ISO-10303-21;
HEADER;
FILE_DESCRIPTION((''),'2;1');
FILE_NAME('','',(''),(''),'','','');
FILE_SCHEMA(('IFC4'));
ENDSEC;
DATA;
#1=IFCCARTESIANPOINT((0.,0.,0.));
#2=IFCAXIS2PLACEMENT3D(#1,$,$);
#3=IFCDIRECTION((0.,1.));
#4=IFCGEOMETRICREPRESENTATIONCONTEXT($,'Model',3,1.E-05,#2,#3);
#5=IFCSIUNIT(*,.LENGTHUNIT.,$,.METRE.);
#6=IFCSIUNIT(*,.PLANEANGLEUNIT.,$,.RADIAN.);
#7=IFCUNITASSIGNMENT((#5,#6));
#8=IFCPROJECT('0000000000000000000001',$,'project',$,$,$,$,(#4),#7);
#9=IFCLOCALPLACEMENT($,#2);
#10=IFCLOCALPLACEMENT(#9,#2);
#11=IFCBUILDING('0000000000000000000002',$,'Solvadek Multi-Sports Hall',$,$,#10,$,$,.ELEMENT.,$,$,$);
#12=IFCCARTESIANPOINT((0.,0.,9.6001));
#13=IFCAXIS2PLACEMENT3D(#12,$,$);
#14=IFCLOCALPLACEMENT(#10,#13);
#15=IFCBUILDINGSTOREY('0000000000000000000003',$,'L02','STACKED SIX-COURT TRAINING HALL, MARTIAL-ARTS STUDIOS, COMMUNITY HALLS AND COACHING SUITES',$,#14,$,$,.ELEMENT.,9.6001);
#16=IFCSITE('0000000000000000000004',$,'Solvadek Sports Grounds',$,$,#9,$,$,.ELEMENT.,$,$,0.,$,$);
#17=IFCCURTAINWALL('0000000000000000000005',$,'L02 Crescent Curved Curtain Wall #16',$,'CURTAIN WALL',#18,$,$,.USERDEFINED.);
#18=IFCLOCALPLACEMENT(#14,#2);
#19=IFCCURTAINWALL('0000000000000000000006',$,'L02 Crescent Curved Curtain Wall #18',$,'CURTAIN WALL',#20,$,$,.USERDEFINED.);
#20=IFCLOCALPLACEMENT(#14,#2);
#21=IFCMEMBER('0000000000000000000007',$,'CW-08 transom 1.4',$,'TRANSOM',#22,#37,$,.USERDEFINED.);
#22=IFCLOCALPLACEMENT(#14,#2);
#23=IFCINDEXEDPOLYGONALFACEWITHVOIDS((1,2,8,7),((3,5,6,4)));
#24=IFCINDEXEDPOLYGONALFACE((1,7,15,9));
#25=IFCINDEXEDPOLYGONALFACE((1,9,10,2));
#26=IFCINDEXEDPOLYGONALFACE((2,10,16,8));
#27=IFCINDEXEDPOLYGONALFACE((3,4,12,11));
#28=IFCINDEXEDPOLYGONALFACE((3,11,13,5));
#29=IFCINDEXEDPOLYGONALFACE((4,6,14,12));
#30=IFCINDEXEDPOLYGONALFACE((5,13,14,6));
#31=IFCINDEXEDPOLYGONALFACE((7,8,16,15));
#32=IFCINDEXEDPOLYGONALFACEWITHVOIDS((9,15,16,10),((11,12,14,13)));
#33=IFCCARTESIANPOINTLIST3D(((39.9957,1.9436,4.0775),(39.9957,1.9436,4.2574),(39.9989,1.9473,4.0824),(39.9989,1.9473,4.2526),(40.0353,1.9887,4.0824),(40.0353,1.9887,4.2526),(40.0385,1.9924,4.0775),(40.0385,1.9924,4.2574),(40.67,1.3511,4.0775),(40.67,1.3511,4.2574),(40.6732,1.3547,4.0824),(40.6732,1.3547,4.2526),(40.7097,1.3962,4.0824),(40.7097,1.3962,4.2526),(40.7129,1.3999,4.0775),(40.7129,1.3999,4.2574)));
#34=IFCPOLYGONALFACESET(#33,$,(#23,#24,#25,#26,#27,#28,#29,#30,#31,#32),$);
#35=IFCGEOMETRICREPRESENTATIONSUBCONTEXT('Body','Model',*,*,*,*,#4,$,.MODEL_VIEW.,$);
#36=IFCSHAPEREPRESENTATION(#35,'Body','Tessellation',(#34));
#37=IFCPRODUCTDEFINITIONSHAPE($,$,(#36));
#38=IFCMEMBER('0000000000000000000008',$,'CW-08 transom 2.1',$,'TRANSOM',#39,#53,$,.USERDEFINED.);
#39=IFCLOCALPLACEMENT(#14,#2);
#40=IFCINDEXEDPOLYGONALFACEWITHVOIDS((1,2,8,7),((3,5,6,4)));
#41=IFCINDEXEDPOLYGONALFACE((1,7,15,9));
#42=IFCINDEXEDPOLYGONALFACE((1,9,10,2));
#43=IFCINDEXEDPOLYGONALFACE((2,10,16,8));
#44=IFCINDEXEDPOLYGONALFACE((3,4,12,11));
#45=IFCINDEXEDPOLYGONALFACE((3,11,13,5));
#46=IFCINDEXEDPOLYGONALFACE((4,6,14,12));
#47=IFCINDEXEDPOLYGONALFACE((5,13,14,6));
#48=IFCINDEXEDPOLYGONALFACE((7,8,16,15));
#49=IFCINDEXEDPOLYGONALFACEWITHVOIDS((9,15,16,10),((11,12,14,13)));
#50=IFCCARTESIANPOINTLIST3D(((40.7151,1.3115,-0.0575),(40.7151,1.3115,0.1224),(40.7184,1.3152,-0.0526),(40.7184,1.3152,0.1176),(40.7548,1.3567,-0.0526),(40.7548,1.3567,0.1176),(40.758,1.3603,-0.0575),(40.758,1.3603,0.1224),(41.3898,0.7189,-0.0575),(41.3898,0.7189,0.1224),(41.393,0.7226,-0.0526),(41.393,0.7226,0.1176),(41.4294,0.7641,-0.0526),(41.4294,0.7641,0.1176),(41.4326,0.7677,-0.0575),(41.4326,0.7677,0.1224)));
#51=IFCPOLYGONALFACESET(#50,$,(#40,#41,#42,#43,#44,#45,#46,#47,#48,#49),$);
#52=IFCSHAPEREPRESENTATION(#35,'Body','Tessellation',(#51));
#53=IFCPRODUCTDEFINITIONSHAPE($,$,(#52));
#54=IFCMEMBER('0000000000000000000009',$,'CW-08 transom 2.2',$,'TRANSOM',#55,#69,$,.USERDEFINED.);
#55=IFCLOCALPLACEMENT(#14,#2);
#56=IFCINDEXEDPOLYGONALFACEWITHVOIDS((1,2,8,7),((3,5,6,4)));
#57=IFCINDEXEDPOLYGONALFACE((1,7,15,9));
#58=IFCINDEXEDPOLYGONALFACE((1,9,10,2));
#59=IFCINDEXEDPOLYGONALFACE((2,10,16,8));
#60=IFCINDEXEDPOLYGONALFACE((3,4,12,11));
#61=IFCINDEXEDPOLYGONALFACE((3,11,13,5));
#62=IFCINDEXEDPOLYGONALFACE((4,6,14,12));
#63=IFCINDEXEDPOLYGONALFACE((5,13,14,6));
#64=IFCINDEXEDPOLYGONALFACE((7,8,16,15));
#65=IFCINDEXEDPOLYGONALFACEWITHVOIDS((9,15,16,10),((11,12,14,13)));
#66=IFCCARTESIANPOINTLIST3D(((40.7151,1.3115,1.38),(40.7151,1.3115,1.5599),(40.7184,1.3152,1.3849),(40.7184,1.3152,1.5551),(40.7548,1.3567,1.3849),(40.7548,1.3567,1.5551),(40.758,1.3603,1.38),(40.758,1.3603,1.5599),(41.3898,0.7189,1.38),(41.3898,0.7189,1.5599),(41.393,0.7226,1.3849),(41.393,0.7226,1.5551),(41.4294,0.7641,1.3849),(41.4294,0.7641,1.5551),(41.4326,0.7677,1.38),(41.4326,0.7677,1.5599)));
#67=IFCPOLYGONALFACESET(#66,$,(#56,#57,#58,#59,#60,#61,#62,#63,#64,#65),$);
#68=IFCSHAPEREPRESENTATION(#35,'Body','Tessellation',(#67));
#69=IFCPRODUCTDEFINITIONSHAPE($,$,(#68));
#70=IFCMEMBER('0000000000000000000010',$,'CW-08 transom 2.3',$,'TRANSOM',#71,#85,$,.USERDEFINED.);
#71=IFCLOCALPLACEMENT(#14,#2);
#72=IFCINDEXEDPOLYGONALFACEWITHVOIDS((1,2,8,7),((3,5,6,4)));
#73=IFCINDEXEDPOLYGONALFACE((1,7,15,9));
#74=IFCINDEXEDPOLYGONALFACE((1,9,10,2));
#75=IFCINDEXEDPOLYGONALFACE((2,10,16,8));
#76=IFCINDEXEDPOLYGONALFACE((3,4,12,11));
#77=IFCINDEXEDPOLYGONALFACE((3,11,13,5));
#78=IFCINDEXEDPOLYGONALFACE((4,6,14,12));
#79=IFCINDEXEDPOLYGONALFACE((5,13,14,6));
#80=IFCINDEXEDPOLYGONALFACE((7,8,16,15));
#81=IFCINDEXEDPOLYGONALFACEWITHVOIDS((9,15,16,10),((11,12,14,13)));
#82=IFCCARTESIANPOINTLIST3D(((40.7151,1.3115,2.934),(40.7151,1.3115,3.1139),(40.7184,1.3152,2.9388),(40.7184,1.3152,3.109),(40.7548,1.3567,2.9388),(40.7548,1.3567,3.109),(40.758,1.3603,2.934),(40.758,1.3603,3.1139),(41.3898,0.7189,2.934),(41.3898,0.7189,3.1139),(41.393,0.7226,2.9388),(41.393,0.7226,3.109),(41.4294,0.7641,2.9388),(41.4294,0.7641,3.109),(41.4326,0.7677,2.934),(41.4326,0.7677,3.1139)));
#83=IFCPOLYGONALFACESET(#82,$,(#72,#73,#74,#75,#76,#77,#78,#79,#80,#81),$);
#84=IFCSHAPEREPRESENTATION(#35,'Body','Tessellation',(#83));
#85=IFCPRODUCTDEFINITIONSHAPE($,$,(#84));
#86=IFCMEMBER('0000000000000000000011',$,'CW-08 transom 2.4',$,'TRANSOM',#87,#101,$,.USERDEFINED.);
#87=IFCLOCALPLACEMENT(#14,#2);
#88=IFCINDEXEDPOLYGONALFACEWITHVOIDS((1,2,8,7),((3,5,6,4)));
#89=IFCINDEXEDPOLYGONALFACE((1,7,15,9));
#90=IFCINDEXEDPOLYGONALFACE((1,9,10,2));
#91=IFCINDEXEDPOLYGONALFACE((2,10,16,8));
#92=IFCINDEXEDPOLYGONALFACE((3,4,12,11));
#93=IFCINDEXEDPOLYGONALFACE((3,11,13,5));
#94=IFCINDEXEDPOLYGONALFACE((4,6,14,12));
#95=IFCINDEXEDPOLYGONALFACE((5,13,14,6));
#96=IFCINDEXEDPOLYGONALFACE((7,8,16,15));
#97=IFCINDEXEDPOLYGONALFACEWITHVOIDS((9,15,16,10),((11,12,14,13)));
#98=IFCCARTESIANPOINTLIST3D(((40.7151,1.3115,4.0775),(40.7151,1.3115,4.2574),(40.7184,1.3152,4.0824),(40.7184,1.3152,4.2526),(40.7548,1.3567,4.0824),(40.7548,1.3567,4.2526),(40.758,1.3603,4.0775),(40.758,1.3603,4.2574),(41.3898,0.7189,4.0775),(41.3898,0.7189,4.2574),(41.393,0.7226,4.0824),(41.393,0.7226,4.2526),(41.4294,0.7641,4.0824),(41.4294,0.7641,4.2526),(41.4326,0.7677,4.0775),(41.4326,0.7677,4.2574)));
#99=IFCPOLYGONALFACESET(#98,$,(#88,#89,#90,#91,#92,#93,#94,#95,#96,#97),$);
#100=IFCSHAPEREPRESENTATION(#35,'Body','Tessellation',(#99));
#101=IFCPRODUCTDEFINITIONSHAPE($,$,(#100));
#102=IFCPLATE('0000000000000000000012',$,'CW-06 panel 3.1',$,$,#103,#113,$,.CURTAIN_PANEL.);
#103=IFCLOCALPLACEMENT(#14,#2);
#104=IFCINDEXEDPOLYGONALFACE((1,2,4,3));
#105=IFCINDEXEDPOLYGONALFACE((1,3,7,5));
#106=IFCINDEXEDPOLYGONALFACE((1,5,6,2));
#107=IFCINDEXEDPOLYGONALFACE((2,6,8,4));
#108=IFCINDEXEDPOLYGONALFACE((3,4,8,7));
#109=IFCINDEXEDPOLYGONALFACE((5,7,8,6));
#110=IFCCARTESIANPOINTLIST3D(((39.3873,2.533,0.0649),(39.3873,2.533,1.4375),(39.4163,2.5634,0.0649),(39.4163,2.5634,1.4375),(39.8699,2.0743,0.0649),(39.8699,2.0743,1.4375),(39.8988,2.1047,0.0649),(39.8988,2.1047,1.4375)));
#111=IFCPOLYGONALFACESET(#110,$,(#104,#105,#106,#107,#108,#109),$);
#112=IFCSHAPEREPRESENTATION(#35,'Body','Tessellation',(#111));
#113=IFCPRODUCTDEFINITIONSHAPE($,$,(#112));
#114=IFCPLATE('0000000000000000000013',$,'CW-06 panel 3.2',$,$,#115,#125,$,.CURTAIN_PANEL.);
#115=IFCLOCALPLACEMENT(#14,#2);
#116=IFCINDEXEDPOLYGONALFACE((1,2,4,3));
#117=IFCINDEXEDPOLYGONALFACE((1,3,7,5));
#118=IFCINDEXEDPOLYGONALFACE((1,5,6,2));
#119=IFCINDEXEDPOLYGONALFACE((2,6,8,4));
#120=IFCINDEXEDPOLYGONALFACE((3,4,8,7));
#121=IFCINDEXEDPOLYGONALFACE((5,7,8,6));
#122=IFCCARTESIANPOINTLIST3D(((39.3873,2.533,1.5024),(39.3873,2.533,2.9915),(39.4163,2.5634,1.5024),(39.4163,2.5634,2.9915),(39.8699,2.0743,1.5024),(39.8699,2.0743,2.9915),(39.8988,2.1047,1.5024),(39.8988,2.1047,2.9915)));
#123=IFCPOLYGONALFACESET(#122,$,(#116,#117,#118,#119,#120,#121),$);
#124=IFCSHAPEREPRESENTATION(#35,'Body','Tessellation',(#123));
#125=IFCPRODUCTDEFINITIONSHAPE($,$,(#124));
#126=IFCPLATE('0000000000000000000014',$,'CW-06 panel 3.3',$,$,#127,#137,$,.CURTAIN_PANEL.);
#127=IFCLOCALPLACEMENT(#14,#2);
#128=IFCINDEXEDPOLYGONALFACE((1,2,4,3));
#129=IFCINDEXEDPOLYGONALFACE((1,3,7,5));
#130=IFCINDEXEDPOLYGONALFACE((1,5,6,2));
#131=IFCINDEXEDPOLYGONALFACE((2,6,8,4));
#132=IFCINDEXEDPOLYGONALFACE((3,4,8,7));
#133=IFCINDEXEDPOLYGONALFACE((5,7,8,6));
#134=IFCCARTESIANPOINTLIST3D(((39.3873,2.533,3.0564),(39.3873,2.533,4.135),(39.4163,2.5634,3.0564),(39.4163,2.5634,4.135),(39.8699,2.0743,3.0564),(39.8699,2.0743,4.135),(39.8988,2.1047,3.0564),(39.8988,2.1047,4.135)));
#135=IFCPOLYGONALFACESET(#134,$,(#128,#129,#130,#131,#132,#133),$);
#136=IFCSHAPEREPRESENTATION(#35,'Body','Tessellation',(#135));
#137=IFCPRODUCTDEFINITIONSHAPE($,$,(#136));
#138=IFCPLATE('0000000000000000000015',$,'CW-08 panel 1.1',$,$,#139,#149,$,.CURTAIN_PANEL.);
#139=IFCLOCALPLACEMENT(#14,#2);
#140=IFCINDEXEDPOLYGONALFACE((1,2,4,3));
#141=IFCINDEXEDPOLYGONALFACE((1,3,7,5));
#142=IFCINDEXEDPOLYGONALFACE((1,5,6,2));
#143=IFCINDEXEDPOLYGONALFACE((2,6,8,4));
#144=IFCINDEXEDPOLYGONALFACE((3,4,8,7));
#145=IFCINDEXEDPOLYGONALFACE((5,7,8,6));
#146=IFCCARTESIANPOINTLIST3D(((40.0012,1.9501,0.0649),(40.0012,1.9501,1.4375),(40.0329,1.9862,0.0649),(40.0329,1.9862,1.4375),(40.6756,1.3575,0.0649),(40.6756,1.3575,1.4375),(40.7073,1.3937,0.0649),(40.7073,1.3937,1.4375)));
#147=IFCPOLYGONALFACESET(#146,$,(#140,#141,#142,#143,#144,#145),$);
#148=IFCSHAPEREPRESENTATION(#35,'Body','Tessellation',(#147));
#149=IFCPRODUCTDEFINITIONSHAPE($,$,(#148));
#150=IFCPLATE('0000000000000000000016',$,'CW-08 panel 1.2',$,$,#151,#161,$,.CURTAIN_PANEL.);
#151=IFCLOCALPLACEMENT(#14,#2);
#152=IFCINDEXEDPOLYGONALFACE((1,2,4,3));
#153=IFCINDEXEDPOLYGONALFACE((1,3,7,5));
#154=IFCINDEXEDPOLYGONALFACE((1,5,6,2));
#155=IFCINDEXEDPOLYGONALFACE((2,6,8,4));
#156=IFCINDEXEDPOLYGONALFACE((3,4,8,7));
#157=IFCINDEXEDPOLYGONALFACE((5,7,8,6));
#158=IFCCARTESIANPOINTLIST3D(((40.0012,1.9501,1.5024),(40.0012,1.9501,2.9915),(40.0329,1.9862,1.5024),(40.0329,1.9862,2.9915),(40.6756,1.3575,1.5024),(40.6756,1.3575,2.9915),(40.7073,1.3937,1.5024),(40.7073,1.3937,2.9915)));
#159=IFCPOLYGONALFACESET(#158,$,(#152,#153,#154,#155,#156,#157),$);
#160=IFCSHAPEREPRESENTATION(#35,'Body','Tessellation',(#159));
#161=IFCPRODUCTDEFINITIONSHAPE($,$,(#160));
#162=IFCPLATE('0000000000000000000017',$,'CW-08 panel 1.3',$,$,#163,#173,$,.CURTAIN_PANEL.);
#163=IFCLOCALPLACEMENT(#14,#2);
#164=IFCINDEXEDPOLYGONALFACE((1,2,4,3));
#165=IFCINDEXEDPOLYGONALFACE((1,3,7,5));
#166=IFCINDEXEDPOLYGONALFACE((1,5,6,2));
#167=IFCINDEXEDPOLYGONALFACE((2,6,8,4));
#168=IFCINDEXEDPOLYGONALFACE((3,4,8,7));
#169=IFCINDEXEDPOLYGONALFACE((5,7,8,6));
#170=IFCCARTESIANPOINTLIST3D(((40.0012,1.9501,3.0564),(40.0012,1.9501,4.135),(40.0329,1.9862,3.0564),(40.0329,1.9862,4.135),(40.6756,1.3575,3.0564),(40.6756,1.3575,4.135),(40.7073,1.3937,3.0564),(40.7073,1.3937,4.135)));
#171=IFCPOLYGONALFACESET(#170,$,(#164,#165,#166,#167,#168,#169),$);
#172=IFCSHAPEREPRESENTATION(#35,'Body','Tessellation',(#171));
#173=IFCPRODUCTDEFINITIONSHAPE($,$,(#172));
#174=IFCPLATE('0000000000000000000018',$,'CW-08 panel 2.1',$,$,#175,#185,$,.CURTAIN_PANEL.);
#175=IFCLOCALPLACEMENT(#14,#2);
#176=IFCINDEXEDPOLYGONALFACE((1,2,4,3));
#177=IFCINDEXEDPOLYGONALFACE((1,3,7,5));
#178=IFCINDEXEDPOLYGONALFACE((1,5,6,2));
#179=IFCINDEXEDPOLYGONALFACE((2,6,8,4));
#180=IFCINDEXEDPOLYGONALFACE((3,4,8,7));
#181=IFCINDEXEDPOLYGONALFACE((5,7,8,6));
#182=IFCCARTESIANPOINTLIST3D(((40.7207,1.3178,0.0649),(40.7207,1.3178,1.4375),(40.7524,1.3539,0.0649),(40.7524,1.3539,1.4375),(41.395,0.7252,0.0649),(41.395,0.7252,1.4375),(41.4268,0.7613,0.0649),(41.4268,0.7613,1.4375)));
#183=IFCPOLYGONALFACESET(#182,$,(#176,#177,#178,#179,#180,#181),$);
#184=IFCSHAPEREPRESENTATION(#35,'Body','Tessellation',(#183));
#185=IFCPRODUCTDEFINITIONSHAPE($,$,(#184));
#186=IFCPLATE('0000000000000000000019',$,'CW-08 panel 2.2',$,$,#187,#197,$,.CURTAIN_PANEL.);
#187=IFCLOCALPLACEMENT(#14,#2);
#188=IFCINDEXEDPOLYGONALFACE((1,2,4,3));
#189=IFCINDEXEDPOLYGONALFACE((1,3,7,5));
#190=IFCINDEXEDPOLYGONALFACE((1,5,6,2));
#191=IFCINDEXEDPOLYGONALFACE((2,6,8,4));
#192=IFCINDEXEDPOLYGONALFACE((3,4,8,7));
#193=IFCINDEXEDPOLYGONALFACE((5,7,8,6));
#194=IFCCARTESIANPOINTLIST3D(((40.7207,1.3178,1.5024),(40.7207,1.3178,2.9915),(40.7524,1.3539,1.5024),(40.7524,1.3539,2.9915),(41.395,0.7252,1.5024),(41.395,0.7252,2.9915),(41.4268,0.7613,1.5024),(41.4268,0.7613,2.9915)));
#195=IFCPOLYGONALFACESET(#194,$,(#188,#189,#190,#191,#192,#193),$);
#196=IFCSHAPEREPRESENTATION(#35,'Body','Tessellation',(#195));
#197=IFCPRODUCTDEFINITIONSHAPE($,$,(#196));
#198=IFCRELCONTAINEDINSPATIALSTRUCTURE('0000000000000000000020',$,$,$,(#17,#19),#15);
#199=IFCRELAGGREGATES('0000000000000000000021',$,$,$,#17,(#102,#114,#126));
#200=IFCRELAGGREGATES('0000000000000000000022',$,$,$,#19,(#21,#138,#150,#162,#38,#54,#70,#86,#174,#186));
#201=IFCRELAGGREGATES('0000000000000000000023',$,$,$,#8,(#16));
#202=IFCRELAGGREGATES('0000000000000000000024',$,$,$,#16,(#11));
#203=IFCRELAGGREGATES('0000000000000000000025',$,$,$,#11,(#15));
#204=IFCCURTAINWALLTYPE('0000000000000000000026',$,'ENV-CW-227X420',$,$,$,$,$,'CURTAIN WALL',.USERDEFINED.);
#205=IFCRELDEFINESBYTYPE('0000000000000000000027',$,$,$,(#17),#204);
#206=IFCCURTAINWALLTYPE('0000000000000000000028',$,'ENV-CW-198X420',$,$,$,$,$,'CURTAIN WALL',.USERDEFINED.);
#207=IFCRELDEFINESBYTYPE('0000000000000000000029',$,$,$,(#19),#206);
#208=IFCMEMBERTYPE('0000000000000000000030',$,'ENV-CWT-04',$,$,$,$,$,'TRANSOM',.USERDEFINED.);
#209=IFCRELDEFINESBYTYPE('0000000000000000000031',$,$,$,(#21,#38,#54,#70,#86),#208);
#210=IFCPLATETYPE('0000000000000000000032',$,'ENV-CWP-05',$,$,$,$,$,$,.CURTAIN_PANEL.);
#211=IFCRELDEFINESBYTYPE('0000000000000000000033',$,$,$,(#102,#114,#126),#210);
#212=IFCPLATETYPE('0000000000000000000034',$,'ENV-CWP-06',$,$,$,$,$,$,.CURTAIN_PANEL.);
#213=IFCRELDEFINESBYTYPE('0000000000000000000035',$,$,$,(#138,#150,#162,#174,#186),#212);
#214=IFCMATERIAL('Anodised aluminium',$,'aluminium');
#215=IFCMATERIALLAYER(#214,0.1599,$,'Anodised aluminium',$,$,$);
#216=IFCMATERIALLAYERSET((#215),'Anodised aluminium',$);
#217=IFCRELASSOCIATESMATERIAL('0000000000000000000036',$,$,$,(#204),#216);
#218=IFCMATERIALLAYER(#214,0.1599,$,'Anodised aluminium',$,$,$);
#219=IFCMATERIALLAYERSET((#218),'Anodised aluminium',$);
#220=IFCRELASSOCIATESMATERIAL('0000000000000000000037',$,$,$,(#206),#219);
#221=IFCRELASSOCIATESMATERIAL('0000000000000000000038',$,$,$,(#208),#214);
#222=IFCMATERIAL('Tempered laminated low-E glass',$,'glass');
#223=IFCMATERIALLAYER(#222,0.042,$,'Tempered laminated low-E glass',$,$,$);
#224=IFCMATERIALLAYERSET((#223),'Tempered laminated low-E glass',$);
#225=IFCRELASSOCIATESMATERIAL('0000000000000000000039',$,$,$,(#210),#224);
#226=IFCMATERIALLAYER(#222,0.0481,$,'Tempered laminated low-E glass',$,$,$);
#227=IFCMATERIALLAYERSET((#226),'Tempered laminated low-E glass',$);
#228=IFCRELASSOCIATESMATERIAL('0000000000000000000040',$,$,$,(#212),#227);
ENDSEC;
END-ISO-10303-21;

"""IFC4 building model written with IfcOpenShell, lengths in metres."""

from ifc_helpers import new_model, si_unit, direction, frame, origin, origin_2d, place, context, subcontext, project, spatial, rectangle, hollow_rectangle, extrude, material, layer, layer_set, material_profile, profile_set, type_object, element, aggregate, save


model = new_model("IFC4")

# Units and contexts
model_context = context("Model", 3, precision=1e-05, world=origin(), true_north=direction((0.0, 1.0)))
body_context = subcontext(model_context, "Body", "Model", "MODEL_VIEW")
ifc_project = project(units=[si_unit("LENGTHUNIT", "METRE"), si_unit("PLANEANGLEUNIT", "RADIAN")], contexts=[model_context])

# Site, building, storey
site_placement = place(None, origin())
site = spatial("IfcSite", under=ifc_project, at=site_placement, Name="Solvadek Sports Grounds", CompositionType="ELEMENT", RefElevation=0.0)
building_placement = place(site_placement, origin())
building = spatial("IfcBuilding", under=site, at=building_placement, Name="Solvadek Multi-Sports Hall", CompositionType="ELEMENT")
storey_placement = place(building_placement, frame((0.0, 0.0, 9.6001)))
storey = spatial("IfcBuildingStorey", under=building, at=storey_placement, Name="L02", Description="STACKED SIX-COURT TRAINING HALL, MARTIAL-ARTS STUDIOS, COMMUNITY HALLS AND COACHING SUITES", CompositionType="ELEMENT", Elevation=9.6001)

# Curtain wall
ifc_material_1 = material(Name="Anodised aluminium", Category="aluminium")
ifc_layer_1 = layer(ifc_material_1, 0.1599, Name="Anodised aluminium")
ifc_layer_set_1 = layer_set([ifc_layer_1], Name="Anodised aluminium")
curtain_wall_type_1 = type_object("IfcCurtainWallType", Name="ENV-CW-227X420", ElementType="CURTAIN WALL", PredefinedType="USERDEFINED", material=ifc_layer_set_1)
curtain_wall_1_placement = place(storey_placement, origin())
curtain_wall_1 = element("IfcCurtainWall", 1, at=curtain_wall_1_placement, inside=storey, type_object=curtain_wall_type_1, Name="L02 Crescent Curved Curtain Wall #16", ObjectType="CURTAIN WALL", PredefinedType="USERDEFINED")

# Curtain wall
ifc_layer_2 = layer(ifc_material_1, 0.1599, Name="Anodised aluminium")
ifc_layer_set_2 = layer_set([ifc_layer_2], Name="Anodised aluminium")
curtain_wall_type_2 = type_object("IfcCurtainWallType", Name="ENV-CW-198X420", ElementType="CURTAIN WALL", PredefinedType="USERDEFINED", material=ifc_layer_set_2)
curtain_wall_2_placement = place(storey_placement, origin())
curtain_wall_2 = element("IfcCurtainWall", 2, at=curtain_wall_2_placement, inside=storey, type_object=curtain_wall_type_2, Name="L02 Crescent Curved Curtain Wall #18", ObjectType="CURTAIN WALL", PredefinedType="USERDEFINED")

# Members
ifc_material_profile_1 = material_profile(ifc_material_1, hollow_rectangle(XDim=0.0649, YDim=0.1799, WallThickness=0.0049, at=origin_2d()), Name="ALU-T 180x65x5")
ifc_profile_set_1 = profile_set([ifc_material_profile_1], Name="Anodised aluminium")
member_type_1 = type_object("IfcMemberType", Name="ENV-CWT-04", ElementType="TRANSOM", PredefinedType="USERDEFINED", material=ifc_profile_set_1)
member_1_placement = place(storey_placement, frame((40.0171, 1.968, 4.1675), z_axis=(0.751194, -0.660082, 0.0), x_axis=(0.660082, 0.751194, 0.0)))
member_1 = element("IfcMember", 3, at=member_1_placement, type_object=member_type_1, Name="CW-08 transom 1.4", ObjectType="TRANSOM", PredefinedType="USERDEFINED", context=body_context, shape_type="SweptSolid", body=[
    extrude(hollow_rectangle(XDim=0.0649, YDim=0.1799, WallThickness=0.0049, at=origin_2d()), origin(), (0.0, 0.0, 1.0), 0.8977),
])
member_2_placement = place(storey_placement, frame((40.7366, 1.3359, 0.0325), z_axis=(0.751312, -0.659947, 0.0), x_axis=(0.659947, 0.751312, 0.0)))
member_2 = element("IfcMember", 4, at=member_2_placement, type_object=member_type_1, Name="CW-08 transom 2.1", ObjectType="TRANSOM", PredefinedType="USERDEFINED", context=body_context, shape_type="SweptSolid", body=[
    extrude(hollow_rectangle(XDim=0.0649, YDim=0.1799, WallThickness=0.0049, at=origin_2d()), origin(), (0.0, 0.0, 1.0), 0.8979),
])
member_3_placement = place(storey_placement, frame((40.7366, 1.3359, 1.47), z_axis=(0.751312, -0.659947, 0.0), x_axis=(0.659947, 0.751312, 0.0)))
member_3 = element("IfcMember", 5, at=member_3_placement, type_object=member_type_1, Name="CW-08 transom 2.2", ObjectType="TRANSOM", PredefinedType="USERDEFINED", context=body_context, shape_type="SweptSolid", body=[
    extrude(hollow_rectangle(XDim=0.0649, YDim=0.1799, WallThickness=0.0049, at=origin_2d()), origin(), (0.0, 0.0, 1.0), 0.8979),
])
member_4_placement = place(storey_placement, frame((40.7366, 1.3359, 3.0239), z_axis=(0.751312, -0.659947, 0.0), x_axis=(0.659947, 0.751312, 0.0)))
member_4 = element("IfcMember", 6, at=member_4_placement, type_object=member_type_1, Name="CW-08 transom 2.3", ObjectType="TRANSOM", PredefinedType="USERDEFINED", context=body_context, shape_type="SweptSolid", body=[
    extrude(hollow_rectangle(XDim=0.0649, YDim=0.1799, WallThickness=0.0049, at=origin_2d()), origin(), (0.0, 0.0, 1.0), 0.8979),
])
member_5_placement = place(storey_placement, frame((40.7366, 1.3359, 4.1675), z_axis=(0.751312, -0.659947, 0.0), x_axis=(0.659947, 0.751312, 0.0)))
member_5 = element("IfcMember", 7, at=member_5_placement, type_object=member_type_1, Name="CW-08 transom 2.4", ObjectType="TRANSOM", PredefinedType="USERDEFINED", context=body_context, shape_type="SweptSolid", body=[
    extrude(hollow_rectangle(XDim=0.0649, YDim=0.1799, WallThickness=0.0049, at=origin_2d()), origin(), (0.0, 0.0, 1.0), 0.8979),
])

# Plates
ifc_material_2 = material(Name="Tempered laminated low-E glass", Category="glass")
ifc_layer_3 = layer(ifc_material_2, 0.042, Name="Tempered laminated low-E glass")
ifc_layer_set_3 = layer_set([ifc_layer_3], Name="Tempered laminated low-E glass")
plate_type_1 = type_object("IfcPlateType", Name="ENV-CWP-05", PredefinedType="CURTAIN_PANEL", material=ifc_layer_set_3)
plate_1_placement = place(storey_placement, frame((39.6431, 2.3188, 0.0649), z_axis=(0.0, 0.0, 1.0), x_axis=(0.724764, -0.688997, 0.0)))
plate_1 = element("IfcPlate", 8, at=plate_1_placement, type_object=plate_type_1, Name="CW-06 panel 3.1", PredefinedType="CURTAIN_PANEL", context=body_context, shape_type="SweptSolid", body=[
    extrude(rectangle(XDim=0.6658, YDim=0.042, at=origin_2d()), origin(), (0.0, 0.0, 1.0), 1.3726),
])
plate_2_placement = place(storey_placement, frame((39.6431, 2.3188, 1.5024), z_axis=(0.0, 0.0, 1.0), x_axis=(0.724764, -0.688997, 0.0)))
plate_2 = element("IfcPlate", 9, at=plate_2_placement, type_object=plate_type_1, Name="CW-06 panel 3.2", PredefinedType="CURTAIN_PANEL", context=body_context, shape_type="SweptSolid", body=[
    extrude(rectangle(XDim=0.6658, YDim=0.042, at=origin_2d()), origin(), (0.0, 0.0, 1.0), 1.489),
])
plate_3_placement = place(storey_placement, frame((39.6431, 2.3188, 3.0564), z_axis=(0.0, 0.0, 1.0), x_axis=(0.724764, -0.688997, 0.0)))
plate_3 = element("IfcPlate", 10, at=plate_3_placement, type_object=plate_type_1, Name="CW-06 panel 3.3", PredefinedType="CURTAIN_PANEL", context=body_context, shape_type="SweptSolid", body=[
    extrude(rectangle(XDim=0.6658, YDim=0.042, at=origin_2d()), origin(), (0.0, 0.0, 1.0), 1.0786),
])
aggregate(curtain_wall_1, [plate_1, plate_2, plate_3])
ifc_layer_4 = layer(ifc_material_2, 0.0481, Name="Tempered laminated low-E glass")
ifc_layer_set_4 = layer_set([ifc_layer_4], Name="Tempered laminated low-E glass")
plate_type_2 = type_object("IfcPlateType", Name="ENV-CWP-06", PredefinedType="CURTAIN_PANEL", material=ifc_layer_set_4)
plate_4_placement = place(storey_placement, frame((40.3542, 1.6719, 0.0649), z_axis=(0.0, 0.0, 1.0), x_axis=(0.751217, -0.660055, 0.0)))
plate_4 = element("IfcPlate", 11, at=plate_4_placement, type_object=plate_type_2, Name="CW-08 panel 1.1", PredefinedType="CURTAIN_PANEL", context=body_context, shape_type="SweptSolid", body=[
    extrude(rectangle(XDim=0.8977, YDim=0.0481, at=origin_2d()), origin(), (0.0, 0.0, 1.0), 1.3726),
])
plate_5_placement = place(storey_placement, frame((40.3542, 1.6719, 1.5024), z_axis=(0.0, 0.0, 1.0), x_axis=(0.751217, -0.660055, 0.0)))
plate_5 = element("IfcPlate", 12, at=plate_5_placement, type_object=plate_type_2, Name="CW-08 panel 1.2", PredefinedType="CURTAIN_PANEL", context=body_context, shape_type="SweptSolid", body=[
    extrude(rectangle(XDim=0.8977, YDim=0.0481, at=origin_2d()), origin(), (0.0, 0.0, 1.0), 1.489),
])
plate_6_placement = place(storey_placement, frame((40.3542, 1.6719, 3.0564), z_axis=(0.0, 0.0, 1.0), x_axis=(0.751217, -0.660055, 0.0)))
plate_6 = element("IfcPlate", 13, at=plate_6_placement, type_object=plate_type_2, Name="CW-08 panel 1.3", PredefinedType="CURTAIN_PANEL", context=body_context, shape_type="SweptSolid", body=[
    extrude(rectangle(XDim=0.8977, YDim=0.0481, at=origin_2d()), origin(), (0.0, 0.0, 1.0), 1.0786),
])
plate_7_placement = place(storey_placement, frame((41.0737, 1.0396, 0.0649), z_axis=(0.0, 0.0, 1.0), x_axis=(0.751217, -0.660055, 0.0)))
plate_7 = element("IfcPlate", 14, at=plate_7_placement, type_object=plate_type_2, Name="CW-08 panel 2.1", PredefinedType="CURTAIN_PANEL", context=body_context, shape_type="SweptSolid", body=[
    extrude(rectangle(XDim=0.8977, YDim=0.0481, at=origin_2d()), origin(), (0.0, 0.0, 1.0), 1.3726),
])
plate_8_placement = place(storey_placement, frame((41.0737, 1.0396, 1.5024), z_axis=(0.0, 0.0, 1.0), x_axis=(0.751217, -0.660055, 0.0)))
plate_8 = element("IfcPlate", 15, at=plate_8_placement, type_object=plate_type_2, Name="CW-08 panel 2.2", PredefinedType="CURTAIN_PANEL", context=body_context, shape_type="SweptSolid", body=[
    extrude(rectangle(XDim=0.8977, YDim=0.0481, at=origin_2d()), origin(), (0.0, 0.0, 1.0), 1.489),
])
aggregate(curtain_wall_2, [member_1, plate_4, plate_5, plate_6, member_2, member_3, member_4, member_5, plate_7, plate_8])

save(model, "model.ifc")
